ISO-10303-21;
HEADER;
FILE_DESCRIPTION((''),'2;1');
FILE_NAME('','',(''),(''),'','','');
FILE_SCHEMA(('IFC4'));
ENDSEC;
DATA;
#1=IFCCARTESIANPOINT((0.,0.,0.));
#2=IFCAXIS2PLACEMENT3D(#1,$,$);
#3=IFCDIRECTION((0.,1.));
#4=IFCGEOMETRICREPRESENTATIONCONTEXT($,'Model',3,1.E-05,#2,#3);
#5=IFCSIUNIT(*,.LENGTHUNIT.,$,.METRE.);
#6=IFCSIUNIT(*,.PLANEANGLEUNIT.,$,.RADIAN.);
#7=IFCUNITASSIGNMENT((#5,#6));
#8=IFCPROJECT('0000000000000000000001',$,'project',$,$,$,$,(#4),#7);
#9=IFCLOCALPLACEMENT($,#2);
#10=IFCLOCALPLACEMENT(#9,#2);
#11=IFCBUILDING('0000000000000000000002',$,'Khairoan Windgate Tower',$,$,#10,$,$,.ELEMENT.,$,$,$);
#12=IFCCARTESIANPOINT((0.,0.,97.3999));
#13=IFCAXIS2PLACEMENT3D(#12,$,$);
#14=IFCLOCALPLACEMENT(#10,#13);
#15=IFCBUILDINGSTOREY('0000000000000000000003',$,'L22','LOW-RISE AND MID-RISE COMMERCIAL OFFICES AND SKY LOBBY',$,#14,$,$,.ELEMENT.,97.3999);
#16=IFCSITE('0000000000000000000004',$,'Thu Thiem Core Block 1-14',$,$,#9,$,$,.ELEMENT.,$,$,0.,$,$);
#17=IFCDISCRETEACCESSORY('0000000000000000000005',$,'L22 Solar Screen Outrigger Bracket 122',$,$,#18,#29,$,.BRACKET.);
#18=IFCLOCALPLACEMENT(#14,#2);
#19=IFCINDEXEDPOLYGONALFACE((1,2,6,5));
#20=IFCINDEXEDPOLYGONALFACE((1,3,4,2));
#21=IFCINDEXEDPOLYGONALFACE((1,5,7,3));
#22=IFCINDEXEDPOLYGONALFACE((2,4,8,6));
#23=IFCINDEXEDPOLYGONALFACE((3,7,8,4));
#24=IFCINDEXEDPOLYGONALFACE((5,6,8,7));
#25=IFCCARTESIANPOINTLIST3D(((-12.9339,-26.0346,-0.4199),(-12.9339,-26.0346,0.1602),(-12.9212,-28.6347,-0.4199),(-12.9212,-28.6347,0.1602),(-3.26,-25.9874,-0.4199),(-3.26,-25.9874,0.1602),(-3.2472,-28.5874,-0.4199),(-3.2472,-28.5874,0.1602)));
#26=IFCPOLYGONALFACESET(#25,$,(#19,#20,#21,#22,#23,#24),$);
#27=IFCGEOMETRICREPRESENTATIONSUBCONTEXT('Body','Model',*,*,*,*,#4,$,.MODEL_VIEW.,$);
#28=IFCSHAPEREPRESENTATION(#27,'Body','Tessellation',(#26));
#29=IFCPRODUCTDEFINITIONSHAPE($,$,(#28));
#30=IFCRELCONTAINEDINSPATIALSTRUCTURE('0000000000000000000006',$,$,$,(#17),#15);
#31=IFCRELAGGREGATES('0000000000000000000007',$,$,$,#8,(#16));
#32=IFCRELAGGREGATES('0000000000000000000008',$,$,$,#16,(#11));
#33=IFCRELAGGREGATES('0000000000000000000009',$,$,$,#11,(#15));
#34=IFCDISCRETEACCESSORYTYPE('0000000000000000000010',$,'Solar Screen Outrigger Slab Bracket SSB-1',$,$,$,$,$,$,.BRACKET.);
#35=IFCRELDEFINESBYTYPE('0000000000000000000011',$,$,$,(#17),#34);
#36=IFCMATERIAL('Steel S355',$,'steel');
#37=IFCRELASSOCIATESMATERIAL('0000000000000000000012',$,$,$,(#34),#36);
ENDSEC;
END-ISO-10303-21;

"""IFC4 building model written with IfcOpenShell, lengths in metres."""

from ifc_helpers import new_model, si_unit, direction, frame, origin, origin_2d, place, context, subcontext, project, spatial, rectangle, extrude, material, type_object, element, save


model = new_model("IFC4")

# Units and contexts
model_context = context("Model", 3, precision=1e-05, world=origin(), true_north=direction((0.0, 1.0)))
body_context = subcontext(model_context, "Body", "Model", "MODEL_VIEW")
ifc_project = project(units=[si_unit("LENGTHUNIT", "METRE"), si_unit("PLANEANGLEUNIT", "RADIAN")], contexts=[model_context])

# Site, building, storey
site_placement = place(None, origin())
site = spatial("IfcSite", under=ifc_project, at=site_placement, Name="Thu Thiem Core Block 1-14", CompositionType="ELEMENT", RefElevation=0.0)
building_placement = place(site_placement, origin())
building = spatial("IfcBuilding", under=site, at=building_placement, Name="Khairoan Windgate Tower", CompositionType="ELEMENT")
storey_placement = place(building_placement, frame((0.0, 0.0, 97.3999)))
storey = spatial("IfcBuildingStorey", under=building, at=storey_placement, Name="L22", Description="LOW-RISE AND MID-RISE COMMERCIAL OFFICES AND SKY LOBBY", CompositionType="ELEMENT", Elevation=97.3999)

# Discrete accessory
ifc_material_1 = material(Name="Steel S355", Category="steel")
discrete_accessory_type = type_object("IfcDiscreteAccessoryType", Name="Solar Screen Outrigger Slab Bracket SSB-1", PredefinedType="BRACKET", material=ifc_material_1)
discrete_accessory_placement = place(storey_placement, frame((-8.0906, -27.311, -0.4199), z_axis=(0.0, 0.0, 1.0), x_axis=(-0.999988, -0.004887, 0.0)))
element("IfcDiscreteAccessory", 1, at=discrete_accessory_placement, inside=storey, type_object=discrete_accessory_type, Name="L22 Solar Screen Outrigger Bracket 122", PredefinedType="BRACKET", context=body_context, shape_type="SweptSolid", body=[
    extrude(rectangle(XDim=9.6741, YDim=2.6001, at=origin_2d()), origin(), (0.0, 0.0, 1.0), 0.5801),
])

save(model, "model.ifc")
